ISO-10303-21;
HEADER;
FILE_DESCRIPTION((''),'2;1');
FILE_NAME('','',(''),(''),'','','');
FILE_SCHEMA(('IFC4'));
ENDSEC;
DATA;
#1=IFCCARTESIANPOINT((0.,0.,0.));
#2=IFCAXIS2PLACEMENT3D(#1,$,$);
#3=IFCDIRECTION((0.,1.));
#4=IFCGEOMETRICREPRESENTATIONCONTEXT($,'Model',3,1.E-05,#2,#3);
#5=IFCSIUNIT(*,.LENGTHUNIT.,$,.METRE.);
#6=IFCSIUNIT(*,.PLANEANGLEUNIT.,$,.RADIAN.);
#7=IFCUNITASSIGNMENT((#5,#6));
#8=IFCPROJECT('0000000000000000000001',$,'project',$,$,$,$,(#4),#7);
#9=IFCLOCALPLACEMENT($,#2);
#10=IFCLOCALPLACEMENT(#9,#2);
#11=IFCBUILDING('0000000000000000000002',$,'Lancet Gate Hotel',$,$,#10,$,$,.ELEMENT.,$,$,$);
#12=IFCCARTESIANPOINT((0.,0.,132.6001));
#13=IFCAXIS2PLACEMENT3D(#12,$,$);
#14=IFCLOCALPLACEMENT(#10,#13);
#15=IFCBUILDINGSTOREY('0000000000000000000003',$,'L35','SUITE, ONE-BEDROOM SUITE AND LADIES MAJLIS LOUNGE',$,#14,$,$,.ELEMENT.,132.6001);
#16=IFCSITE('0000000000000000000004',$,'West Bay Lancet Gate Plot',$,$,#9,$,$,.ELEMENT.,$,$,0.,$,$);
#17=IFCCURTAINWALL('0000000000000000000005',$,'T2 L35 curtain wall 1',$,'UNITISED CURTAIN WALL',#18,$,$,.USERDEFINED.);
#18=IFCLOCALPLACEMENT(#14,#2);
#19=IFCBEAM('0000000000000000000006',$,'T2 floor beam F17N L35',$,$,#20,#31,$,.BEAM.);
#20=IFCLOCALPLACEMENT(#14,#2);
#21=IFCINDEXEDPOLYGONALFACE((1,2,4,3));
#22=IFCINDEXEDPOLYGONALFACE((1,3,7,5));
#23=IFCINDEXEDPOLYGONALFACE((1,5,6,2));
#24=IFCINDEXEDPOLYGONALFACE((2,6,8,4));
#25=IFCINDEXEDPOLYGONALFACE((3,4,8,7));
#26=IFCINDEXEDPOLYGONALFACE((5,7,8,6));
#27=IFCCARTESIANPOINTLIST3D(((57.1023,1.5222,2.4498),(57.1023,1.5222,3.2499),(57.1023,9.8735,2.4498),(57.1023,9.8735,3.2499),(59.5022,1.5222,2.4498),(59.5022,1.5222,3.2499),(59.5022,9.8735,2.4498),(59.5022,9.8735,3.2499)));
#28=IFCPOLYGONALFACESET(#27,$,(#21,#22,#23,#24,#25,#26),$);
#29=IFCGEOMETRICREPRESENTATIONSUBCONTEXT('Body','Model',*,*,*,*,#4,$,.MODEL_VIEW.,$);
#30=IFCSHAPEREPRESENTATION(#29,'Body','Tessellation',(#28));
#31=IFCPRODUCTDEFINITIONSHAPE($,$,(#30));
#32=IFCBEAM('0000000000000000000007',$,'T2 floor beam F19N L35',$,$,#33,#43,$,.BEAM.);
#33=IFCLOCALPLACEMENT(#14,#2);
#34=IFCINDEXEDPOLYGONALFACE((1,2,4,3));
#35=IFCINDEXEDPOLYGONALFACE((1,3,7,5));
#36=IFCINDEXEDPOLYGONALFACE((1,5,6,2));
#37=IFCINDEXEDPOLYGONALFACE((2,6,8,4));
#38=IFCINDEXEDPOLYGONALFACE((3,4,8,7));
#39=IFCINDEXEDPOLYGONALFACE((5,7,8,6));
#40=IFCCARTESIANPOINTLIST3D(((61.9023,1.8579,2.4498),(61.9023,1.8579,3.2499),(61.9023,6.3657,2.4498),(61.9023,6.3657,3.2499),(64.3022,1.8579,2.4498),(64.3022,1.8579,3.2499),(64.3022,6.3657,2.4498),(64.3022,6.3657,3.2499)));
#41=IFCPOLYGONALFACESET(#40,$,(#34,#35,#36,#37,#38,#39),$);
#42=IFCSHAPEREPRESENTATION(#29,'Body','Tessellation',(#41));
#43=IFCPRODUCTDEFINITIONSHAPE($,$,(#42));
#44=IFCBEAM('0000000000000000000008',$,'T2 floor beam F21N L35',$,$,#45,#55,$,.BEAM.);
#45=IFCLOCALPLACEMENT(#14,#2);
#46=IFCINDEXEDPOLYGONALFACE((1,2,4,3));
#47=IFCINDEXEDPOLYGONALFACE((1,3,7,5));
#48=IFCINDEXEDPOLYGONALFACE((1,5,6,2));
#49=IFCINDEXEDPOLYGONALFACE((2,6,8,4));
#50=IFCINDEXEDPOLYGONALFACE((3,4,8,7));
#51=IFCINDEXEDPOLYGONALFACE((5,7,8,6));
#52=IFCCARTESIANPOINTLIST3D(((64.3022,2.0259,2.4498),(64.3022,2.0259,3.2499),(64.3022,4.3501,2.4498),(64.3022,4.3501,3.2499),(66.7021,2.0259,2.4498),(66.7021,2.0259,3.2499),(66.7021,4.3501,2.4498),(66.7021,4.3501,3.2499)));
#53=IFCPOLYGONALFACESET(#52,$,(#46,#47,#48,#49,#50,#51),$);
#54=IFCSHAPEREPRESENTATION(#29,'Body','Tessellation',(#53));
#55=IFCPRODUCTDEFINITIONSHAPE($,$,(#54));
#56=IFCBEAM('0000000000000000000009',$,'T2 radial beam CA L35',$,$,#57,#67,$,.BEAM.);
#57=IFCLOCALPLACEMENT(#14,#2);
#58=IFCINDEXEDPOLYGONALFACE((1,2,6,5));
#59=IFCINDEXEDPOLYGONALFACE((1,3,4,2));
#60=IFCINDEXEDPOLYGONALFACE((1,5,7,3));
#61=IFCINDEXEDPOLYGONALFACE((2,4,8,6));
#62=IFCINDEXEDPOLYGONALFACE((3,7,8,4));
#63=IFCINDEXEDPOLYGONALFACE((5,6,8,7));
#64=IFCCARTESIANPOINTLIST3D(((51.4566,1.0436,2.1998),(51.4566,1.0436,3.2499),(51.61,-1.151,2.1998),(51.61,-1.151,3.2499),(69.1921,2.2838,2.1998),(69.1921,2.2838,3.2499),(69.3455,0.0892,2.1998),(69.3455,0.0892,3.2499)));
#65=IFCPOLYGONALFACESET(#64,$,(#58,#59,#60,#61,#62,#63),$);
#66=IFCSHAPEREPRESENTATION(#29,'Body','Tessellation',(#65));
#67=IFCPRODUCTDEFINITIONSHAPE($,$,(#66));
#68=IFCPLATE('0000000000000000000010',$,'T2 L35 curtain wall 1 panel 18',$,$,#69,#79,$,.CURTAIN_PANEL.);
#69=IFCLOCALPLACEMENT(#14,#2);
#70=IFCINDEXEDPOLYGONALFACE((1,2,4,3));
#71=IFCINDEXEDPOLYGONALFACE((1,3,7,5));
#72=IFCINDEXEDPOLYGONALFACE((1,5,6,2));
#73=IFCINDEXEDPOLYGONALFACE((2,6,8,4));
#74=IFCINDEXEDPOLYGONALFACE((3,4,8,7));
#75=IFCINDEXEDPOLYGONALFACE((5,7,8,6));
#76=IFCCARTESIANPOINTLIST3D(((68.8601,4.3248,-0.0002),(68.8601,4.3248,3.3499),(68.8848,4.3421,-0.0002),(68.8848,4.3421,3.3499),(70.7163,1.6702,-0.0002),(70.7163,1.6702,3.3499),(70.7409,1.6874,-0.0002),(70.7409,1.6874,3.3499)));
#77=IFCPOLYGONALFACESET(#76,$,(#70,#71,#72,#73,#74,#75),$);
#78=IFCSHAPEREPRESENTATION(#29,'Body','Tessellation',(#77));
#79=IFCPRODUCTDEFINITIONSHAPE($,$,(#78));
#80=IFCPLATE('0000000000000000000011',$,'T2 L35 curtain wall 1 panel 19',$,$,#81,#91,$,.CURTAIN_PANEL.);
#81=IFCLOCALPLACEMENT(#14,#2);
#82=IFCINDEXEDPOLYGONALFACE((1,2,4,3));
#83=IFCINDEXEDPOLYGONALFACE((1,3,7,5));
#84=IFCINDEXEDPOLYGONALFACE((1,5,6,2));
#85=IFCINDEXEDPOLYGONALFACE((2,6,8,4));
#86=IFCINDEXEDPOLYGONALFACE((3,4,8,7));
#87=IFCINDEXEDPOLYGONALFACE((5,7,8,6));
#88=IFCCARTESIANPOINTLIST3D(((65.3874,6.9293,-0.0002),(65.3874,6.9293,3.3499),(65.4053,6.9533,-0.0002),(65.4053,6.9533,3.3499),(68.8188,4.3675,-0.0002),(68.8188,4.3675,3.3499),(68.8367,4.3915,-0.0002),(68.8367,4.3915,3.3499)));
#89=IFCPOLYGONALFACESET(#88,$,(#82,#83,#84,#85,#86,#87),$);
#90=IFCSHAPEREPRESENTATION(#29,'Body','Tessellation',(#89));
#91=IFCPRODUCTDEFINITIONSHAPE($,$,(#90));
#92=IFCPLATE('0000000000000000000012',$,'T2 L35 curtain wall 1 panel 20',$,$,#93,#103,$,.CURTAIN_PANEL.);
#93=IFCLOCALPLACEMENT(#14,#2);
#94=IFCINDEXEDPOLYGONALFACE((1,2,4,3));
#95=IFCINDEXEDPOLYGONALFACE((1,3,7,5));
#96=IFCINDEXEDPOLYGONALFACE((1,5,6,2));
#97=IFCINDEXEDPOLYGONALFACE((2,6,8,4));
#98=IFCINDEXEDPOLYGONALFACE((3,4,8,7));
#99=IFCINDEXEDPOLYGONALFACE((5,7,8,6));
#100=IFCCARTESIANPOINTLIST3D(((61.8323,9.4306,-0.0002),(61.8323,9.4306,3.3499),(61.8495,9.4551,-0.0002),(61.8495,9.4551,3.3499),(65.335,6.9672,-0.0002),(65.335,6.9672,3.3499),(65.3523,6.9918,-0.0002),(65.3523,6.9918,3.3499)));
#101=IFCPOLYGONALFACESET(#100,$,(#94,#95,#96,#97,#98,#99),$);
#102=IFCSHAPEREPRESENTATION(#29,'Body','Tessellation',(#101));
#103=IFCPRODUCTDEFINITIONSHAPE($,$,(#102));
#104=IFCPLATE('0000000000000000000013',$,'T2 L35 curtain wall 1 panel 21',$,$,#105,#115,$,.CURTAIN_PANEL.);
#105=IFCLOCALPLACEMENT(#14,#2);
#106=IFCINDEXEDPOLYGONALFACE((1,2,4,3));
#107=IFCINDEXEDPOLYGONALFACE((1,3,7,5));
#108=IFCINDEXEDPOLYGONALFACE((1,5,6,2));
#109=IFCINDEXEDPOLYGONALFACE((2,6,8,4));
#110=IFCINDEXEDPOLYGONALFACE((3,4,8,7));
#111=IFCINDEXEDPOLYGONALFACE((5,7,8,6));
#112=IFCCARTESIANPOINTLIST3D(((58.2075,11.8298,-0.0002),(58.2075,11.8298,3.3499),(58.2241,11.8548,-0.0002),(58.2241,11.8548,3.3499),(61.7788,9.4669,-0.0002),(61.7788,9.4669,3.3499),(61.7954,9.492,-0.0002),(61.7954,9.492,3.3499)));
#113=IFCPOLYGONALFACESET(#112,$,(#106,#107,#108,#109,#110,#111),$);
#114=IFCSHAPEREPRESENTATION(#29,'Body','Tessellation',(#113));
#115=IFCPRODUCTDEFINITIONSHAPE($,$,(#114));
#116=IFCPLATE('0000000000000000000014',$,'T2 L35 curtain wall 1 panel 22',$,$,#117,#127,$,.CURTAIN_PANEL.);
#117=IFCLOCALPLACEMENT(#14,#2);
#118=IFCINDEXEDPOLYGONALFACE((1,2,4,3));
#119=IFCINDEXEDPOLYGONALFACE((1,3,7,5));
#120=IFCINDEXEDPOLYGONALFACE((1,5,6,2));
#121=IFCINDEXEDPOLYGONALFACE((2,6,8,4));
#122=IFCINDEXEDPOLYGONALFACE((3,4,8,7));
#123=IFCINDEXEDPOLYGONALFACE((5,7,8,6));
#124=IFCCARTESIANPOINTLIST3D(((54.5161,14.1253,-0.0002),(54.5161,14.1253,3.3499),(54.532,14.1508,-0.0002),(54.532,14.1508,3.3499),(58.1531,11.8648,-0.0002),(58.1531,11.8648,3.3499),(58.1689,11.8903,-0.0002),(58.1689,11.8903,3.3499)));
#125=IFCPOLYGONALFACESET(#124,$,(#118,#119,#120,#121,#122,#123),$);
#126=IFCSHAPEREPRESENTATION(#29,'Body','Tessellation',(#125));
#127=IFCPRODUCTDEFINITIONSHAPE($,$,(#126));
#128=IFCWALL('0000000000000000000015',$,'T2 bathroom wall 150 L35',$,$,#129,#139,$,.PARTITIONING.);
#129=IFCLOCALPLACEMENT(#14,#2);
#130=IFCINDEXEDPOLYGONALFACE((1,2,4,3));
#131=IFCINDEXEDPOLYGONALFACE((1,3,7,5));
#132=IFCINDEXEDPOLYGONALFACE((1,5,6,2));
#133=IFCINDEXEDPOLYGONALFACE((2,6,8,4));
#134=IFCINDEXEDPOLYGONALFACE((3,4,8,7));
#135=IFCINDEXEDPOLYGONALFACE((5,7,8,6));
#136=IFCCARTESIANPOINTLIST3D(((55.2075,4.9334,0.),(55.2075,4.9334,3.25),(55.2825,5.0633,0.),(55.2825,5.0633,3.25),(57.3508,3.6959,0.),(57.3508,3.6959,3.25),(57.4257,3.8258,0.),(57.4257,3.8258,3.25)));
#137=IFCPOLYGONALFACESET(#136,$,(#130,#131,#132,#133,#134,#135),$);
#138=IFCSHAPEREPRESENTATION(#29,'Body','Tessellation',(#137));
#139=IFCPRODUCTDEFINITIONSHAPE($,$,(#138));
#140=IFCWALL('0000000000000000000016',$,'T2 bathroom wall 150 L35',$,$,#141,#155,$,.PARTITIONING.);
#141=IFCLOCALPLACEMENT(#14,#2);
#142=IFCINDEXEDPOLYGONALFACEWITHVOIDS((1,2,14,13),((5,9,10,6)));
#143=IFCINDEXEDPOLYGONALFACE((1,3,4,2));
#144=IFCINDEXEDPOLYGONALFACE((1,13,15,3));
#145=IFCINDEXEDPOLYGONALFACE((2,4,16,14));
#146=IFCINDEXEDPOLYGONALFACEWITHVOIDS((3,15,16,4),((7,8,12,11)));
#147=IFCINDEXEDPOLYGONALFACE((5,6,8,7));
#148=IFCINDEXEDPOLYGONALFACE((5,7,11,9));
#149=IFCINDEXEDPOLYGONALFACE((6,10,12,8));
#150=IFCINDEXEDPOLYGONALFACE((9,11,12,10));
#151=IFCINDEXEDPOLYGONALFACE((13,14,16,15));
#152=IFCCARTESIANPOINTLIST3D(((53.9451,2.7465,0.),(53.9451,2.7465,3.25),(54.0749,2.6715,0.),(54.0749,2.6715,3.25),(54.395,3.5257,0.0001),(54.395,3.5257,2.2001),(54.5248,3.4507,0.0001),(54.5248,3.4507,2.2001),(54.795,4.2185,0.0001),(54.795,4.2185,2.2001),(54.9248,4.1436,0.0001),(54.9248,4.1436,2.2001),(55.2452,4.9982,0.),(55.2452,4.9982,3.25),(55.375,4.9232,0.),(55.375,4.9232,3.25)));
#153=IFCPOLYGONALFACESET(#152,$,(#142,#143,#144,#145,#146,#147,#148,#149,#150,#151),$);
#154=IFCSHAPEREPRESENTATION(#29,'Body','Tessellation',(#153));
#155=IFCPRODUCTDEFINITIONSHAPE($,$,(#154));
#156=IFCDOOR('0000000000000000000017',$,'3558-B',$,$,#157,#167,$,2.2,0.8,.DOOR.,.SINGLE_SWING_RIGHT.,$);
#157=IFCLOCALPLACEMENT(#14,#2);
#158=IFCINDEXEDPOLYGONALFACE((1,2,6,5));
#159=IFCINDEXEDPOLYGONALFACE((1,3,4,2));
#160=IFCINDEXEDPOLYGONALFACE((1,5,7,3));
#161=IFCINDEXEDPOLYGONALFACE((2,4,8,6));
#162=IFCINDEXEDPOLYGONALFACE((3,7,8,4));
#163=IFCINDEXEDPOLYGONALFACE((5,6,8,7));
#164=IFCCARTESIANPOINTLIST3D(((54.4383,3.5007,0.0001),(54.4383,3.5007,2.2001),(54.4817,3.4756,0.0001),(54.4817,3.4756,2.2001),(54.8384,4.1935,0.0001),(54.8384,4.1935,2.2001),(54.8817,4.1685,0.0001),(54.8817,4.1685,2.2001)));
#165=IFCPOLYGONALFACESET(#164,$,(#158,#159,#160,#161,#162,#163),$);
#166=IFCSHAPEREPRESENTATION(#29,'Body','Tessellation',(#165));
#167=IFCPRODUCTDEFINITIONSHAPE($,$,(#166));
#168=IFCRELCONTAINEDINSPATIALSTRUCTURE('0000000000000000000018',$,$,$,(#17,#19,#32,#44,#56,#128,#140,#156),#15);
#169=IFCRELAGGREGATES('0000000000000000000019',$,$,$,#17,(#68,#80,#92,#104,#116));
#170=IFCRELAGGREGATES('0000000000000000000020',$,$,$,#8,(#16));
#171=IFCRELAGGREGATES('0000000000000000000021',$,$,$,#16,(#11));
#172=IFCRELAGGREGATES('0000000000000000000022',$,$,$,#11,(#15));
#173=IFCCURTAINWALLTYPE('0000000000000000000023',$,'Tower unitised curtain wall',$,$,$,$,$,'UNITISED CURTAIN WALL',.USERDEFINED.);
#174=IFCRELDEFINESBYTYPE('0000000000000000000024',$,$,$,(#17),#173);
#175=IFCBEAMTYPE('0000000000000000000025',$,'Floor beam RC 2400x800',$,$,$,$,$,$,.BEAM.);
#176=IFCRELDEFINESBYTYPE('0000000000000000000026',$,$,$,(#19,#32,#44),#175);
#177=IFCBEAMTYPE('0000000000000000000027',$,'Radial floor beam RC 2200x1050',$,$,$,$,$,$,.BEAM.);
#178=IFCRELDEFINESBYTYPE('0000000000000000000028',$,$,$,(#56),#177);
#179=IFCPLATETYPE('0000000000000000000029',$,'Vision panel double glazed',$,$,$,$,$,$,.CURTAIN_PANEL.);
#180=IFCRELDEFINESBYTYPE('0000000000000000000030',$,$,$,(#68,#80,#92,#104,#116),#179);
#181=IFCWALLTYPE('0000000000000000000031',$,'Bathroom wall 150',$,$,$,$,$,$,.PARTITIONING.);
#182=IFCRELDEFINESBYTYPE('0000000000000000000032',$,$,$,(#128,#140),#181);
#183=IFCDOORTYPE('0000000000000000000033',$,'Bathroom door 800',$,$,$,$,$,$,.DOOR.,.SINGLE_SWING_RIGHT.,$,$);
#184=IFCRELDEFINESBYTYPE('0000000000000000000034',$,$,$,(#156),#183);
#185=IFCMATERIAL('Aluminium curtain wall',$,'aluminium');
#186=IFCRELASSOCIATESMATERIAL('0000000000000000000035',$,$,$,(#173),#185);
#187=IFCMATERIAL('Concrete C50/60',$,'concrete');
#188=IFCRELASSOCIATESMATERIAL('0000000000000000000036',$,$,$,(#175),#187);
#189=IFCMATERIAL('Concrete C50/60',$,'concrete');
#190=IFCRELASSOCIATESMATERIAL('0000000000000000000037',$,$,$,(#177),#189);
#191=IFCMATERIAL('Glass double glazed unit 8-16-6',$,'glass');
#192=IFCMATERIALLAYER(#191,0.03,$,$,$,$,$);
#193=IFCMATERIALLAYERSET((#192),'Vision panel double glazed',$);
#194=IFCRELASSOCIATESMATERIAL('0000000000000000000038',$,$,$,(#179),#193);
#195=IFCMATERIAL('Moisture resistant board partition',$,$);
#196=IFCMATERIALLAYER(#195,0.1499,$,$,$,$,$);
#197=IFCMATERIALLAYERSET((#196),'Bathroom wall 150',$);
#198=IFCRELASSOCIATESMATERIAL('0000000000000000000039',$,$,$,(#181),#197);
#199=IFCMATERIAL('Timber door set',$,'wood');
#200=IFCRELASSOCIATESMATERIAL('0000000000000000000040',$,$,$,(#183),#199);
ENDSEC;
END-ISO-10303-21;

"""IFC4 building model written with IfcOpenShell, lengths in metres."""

from ifc_helpers import new_model, si_unit, direction, frame, frame_2d, origin, origin_2d, place, context, subcontext, project, spatial, rectangle, extrude, material, layer, layer_set, material_profile, profile_set, type_object, element, fill, aggregate, save


model = new_model("IFC4")

# Units and contexts
model_context = context("Model", 3, precision=1e-05, world=origin(), true_north=direction((0.0, 1.0)))
body_context = subcontext(model_context, "Body", "Model", "MODEL_VIEW")
ifc_project = project(units=[si_unit("LENGTHUNIT", "METRE"), si_unit("PLANEANGLEUNIT", "RADIAN")], contexts=[model_context])

# Site, building, storey
site_placement = place(None, origin())
site = spatial("IfcSite", under=ifc_project, at=site_placement, Name="West Bay Lancet Gate Plot", CompositionType="ELEMENT", RefElevation=0.0)
building_placement = place(site_placement, origin())
building = spatial("IfcBuilding", under=site, at=building_placement, Name="Lancet Gate Hotel", CompositionType="ELEMENT")
storey_placement = place(building_placement, frame((0.0, 0.0, 132.6001)))
storey = spatial("IfcBuildingStorey", under=building, at=storey_placement, Name="L35", Description="SUITE, ONE-BEDROOM SUITE AND LADIES MAJLIS LOUNGE", CompositionType="ELEMENT", Elevation=132.6001)

# Curtain wall
ifc_material_1 = material(Name="Aluminium curtain wall", Category="aluminium")
curtain_wall_type = type_object("IfcCurtainWallType", Name="Tower unitised curtain wall", ElementType="UNITISED CURTAIN WALL", PredefinedType="USERDEFINED", material=ifc_material_1)
curtain_wall_placement = place(storey_placement, origin())
curtain_wall = element("IfcCurtainWall", 1, at=curtain_wall_placement, inside=storey, type_object=curtain_wall_type, Name="T2 L35 curtain wall 1", ObjectType="UNITISED CURTAIN WALL", PredefinedType="USERDEFINED")

# Beams
ifc_material_2 = material(Name="Concrete C50/60", Category="concrete")
ifc_material_profile_1 = material_profile(ifc_material_2, rectangle(XDim=2.3999, YDim=0.8, at=origin_2d()), Name="RC 2400x800")
ifc_profile_set_1 = profile_set([ifc_material_profile_1], Name="Concrete C50/60")
beam_type_1 = type_object("IfcBeamType", Name="Floor beam RC 2400x800", PredefinedType="BEAM", material=ifc_profile_set_1)
beam_1_placement = place(storey_placement, frame((58.3022, 1.5222, 2.8499), z_axis=(0.0, 1.0, 0.0), x_axis=(-1.0, 0.0, 0.0)))
element("IfcBeam", 2, at=beam_1_placement, inside=storey, type_object=beam_type_1, Name="T2 floor beam F17N L35", PredefinedType="BEAM", context=body_context, shape_type="SweptSolid", body=[
    extrude(rectangle(XDim=2.3999, YDim=0.8, at=origin_2d()), origin(), (0.0, 0.0, 1.0), 8.3513),
])
beam_2_placement = place(storey_placement, frame((63.1023, 1.8579, 2.8499), z_axis=(0.0, 1.0, 0.0), x_axis=(-1.0, 0.0, 0.0)))
element("IfcBeam", 3, at=beam_2_placement, inside=storey, type_object=beam_type_1, Name="T2 floor beam F19N L35", PredefinedType="BEAM", context=body_context, shape_type="SweptSolid", body=[
    extrude(rectangle(XDim=2.3999, YDim=0.8, at=origin_2d()), origin(), (0.0, 0.0, 1.0), 4.5078),
])
beam_3_placement = place(storey_placement, frame((65.5022, 2.0259, 2.8499), z_axis=(0.0, 1.0, 0.0), x_axis=(-1.0, 0.0, 0.0)))
element("IfcBeam", 4, at=beam_3_placement, inside=storey, type_object=beam_type_1, Name="T2 floor beam F21N L35", PredefinedType="BEAM", context=body_context, shape_type="SweptSolid", body=[
    extrude(rectangle(XDim=2.3999, YDim=0.8, at=origin_2d()), origin(), (0.0, 0.0, 1.0), 2.3242),
])
ifc_material_3 = material(Name="Concrete C50/60", Category="concrete")
ifc_material_profile_2 = material_profile(ifc_material_3, rectangle(XDim=2.2, YDim=1.05, at=origin_2d()), Name="RC 2200x1050")
ifc_profile_set_2 = profile_set([ifc_material_profile_2], Name="Concrete C50/60")
beam_type_2 = type_object("IfcBeamType", Name="Radial floor beam RC 2200x1050", PredefinedType="BEAM", material=ifc_profile_set_2)
beam_4_placement = place(storey_placement, frame((69.2688, 1.1865, 2.7249), z_axis=(-0.997564, -0.069759, 0.0), x_axis=(0.069759, -0.997564, 0.0)))
element("IfcBeam", 5, at=beam_4_placement, inside=storey, type_object=beam_type_2, Name="T2 radial beam CA L35", PredefinedType="BEAM", context=body_context, shape_type="SweptSolid", body=[
    extrude(rectangle(XDim=2.2, YDim=1.05, at=origin_2d()), origin(), (0.0, 0.0, 1.0), 17.7788),
])

# Plates
ifc_material_4 = material(Name="Glass double glazed unit 8-16-6", Category="glass")
ifc_layer_1 = layer(ifc_material_4, 0.03)
ifc_layer_set_1 = layer_set([ifc_layer_1], Name="Vision panel double glazed")
plate_type = type_object("IfcPlateType", Name="Vision panel double glazed", PredefinedType="CURTAIN_PANEL", material=ifc_layer_set_1)
plate_1_placement = place(storey_placement, frame((69.8005, 3.0061, -0.0002), z_axis=(0.0, 0.0, 1.0), x_axis=(-0.573025, 0.819538, 0.0)))
plate_1 = element("IfcPlate", 6, at=plate_1_placement, type_object=plate_type, Name="T2 L35 curtain wall 1 panel 18", PredefinedType="CURTAIN_PANEL", context=body_context, shape_type="SweptSolid", body=[
    extrude(rectangle(XDim=3.2393, YDim=0.03, at=origin_2d()), origin(), (0.0, 0.0, 1.0), 3.3501),
])
plate_2_placement = place(storey_placement, frame((67.1121, 5.6604, -0.0002), z_axis=(0.0, 0.0, 1.0), x_axis=(-0.801314, 0.598244, 0.0)))
plate_2 = element("IfcPlate", 7, at=plate_2_placement, type_object=plate_type, Name="T2 L35 curtain wall 1 panel 19", PredefinedType="CURTAIN_PANEL", context=body_context, shape_type="SweptSolid", body=[
    extrude(rectangle(XDim=4.2822, YDim=0.03, at=origin_2d()), origin(), (0.0, 0.0, 1.0), 3.3501),
])
plate_3_placement = place(storey_placement, frame((63.5923, 8.2112, -0.0002), z_axis=(0.0, 0.0, 1.0), x_axis=(-0.817979, 0.575247, 0.0)))
plate_3 = element("IfcPlate", 8, at=plate_3_placement, type_object=plate_type, Name="T2 L35 curtain wall 1 panel 20", PredefinedType="CURTAIN_PANEL", context=body_context, shape_type="SweptSolid", body=[
    extrude(rectangle(XDim=4.2822, YDim=0.03, at=origin_2d()), origin(), (0.0, 0.0, 1.0), 3.3501),
])
plate_4_placement = place(storey_placement, frame((60.0015, 10.6609, -0.0002), z_axis=(0.0, 0.0, 1.0), x_axis=(-0.833985, 0.551787, 0.0)))
plate_4 = element("IfcPlate", 9, at=plate_4_placement, type_object=plate_type, Name="T2 L35 curtain wall 1 panel 21", PredefinedType="CURTAIN_PANEL", context=body_context, shape_type="SweptSolid", body=[
    extrude(rectangle(XDim=4.2822, YDim=0.03, at=origin_2d()), origin(), (0.0, 0.0, 1.0), 3.3501),
])
plate_5_placement = place(storey_placement, frame((56.3425, 13.0078, -0.0002), z_axis=(0.0, 0.0, 1.0), x_axis=(-0.849318, 0.527882, 0.0)))
plate_5 = element("IfcPlate", 10, at=plate_5_placement, type_object=plate_type, Name="T2 L35 curtain wall 1 panel 22", PredefinedType="CURTAIN_PANEL", context=body_context, shape_type="SweptSolid", body=[
    extrude(rectangle(XDim=4.2822, YDim=0.03, at=origin_2d()), origin(), (0.0, 0.0, 1.0), 3.3501),
])
aggregate(curtain_wall, [plate_1, plate_2, plate_3, plate_4, plate_5])

# Wall
ifc_material_5 = material(Name="Moisture resistant board partition")
ifc_layer_2 = layer(ifc_material_5, 0.1499)
ifc_layer_set_2 = layer_set([ifc_layer_2], Name="Bathroom wall 150")
wall_type = type_object("IfcWallType", Name="Bathroom wall 150", PredefinedType="PARTITIONING", material=ifc_layer_set_2)
wall_1_placement = place(storey_placement, frame((55.2451, 4.9983, 0.0), z_axis=(0.0, 0.0, 1.0), x_axis=(0.866007, -0.500033, 0.0)))
element("IfcWall", 11, at=wall_1_placement, inside=storey, type_object=wall_type, Name="T2 bathroom wall 150 L35", PredefinedType="PARTITIONING", context=body_context, shape_type="SweptSolid", body=[
    extrude(rectangle(XDim=2.4749, YDim=0.1499, at=frame_2d((1.2373, 0.0))), origin(), (0.0, 0.0, 1.0), 3.25),
])

# Wall, opening, door
wall_2_placement = place(storey_placement, frame((54.01, 2.709, 0.0), z_axis=(0.0, 0.0, 1.0), x_axis=(0.500007, 0.866021, 0.0)))
wall_2 = element("IfcWall", 12, at=wall_2_placement, inside=storey, type_object=wall_type, Name="T2 bathroom wall 150 L35", PredefinedType="PARTITIONING", context=body_context, shape_type="SweptSolid", body=[
    extrude(rectangle(XDim=2.6001, YDim=0.1499, at=frame_2d((1.3, 0.0))), origin(), (0.0, 0.0, 1.0), 3.25),
])
opening_placement = place(wall_2_placement, frame((0.8999, 0.0, 0.0)))
opening = element("IfcOpeningElement", 13, at=opening_placement, cuts=wall_2, PredefinedType="OPENING", context=body_context, shape_type="SweptSolid", body=[
    extrude(rectangle(XDim=0.8, YDim=2.2, at=frame_2d((0.3999, 1.1001))), frame((0.0, 0.085, 0.0), z_axis=(0.0, -1.0, 0.0), x_axis=(1.0, 0.0, 0.0)), (0.0, 0.0, 1.0), 0.1699),
])
ifc_material_6 = material(Name="Timber door set", Category="wood")
door_type = type_object("IfcDoorType", Name="Bathroom door 800", OperationType="SINGLE_SWING_RIGHT", PredefinedType="DOOR", material=ifc_material_6)
door_placement = place(opening_placement, origin())
door = element("IfcDoor", 14, at=door_placement, inside=storey, type_object=door_type, Name="3558-B", OperationType="SINGLE_SWING_RIGHT", OverallHeight=2.2, OverallWidth=0.8, PredefinedType="DOOR", context=body_context, shape_type="SweptSolid", body=[
    extrude(rectangle(XDim=0.8, YDim=2.2, at=frame_2d((0.3999, 1.1001))), frame((0.0, 0.0249, 0.0), z_axis=(0.0, -1.0, 0.0), x_axis=(1.0, 0.0, 0.0)), (0.0, 0.0, 1.0), 0.05),
])
fill(opening, door)

save(model, "model.ifc")
